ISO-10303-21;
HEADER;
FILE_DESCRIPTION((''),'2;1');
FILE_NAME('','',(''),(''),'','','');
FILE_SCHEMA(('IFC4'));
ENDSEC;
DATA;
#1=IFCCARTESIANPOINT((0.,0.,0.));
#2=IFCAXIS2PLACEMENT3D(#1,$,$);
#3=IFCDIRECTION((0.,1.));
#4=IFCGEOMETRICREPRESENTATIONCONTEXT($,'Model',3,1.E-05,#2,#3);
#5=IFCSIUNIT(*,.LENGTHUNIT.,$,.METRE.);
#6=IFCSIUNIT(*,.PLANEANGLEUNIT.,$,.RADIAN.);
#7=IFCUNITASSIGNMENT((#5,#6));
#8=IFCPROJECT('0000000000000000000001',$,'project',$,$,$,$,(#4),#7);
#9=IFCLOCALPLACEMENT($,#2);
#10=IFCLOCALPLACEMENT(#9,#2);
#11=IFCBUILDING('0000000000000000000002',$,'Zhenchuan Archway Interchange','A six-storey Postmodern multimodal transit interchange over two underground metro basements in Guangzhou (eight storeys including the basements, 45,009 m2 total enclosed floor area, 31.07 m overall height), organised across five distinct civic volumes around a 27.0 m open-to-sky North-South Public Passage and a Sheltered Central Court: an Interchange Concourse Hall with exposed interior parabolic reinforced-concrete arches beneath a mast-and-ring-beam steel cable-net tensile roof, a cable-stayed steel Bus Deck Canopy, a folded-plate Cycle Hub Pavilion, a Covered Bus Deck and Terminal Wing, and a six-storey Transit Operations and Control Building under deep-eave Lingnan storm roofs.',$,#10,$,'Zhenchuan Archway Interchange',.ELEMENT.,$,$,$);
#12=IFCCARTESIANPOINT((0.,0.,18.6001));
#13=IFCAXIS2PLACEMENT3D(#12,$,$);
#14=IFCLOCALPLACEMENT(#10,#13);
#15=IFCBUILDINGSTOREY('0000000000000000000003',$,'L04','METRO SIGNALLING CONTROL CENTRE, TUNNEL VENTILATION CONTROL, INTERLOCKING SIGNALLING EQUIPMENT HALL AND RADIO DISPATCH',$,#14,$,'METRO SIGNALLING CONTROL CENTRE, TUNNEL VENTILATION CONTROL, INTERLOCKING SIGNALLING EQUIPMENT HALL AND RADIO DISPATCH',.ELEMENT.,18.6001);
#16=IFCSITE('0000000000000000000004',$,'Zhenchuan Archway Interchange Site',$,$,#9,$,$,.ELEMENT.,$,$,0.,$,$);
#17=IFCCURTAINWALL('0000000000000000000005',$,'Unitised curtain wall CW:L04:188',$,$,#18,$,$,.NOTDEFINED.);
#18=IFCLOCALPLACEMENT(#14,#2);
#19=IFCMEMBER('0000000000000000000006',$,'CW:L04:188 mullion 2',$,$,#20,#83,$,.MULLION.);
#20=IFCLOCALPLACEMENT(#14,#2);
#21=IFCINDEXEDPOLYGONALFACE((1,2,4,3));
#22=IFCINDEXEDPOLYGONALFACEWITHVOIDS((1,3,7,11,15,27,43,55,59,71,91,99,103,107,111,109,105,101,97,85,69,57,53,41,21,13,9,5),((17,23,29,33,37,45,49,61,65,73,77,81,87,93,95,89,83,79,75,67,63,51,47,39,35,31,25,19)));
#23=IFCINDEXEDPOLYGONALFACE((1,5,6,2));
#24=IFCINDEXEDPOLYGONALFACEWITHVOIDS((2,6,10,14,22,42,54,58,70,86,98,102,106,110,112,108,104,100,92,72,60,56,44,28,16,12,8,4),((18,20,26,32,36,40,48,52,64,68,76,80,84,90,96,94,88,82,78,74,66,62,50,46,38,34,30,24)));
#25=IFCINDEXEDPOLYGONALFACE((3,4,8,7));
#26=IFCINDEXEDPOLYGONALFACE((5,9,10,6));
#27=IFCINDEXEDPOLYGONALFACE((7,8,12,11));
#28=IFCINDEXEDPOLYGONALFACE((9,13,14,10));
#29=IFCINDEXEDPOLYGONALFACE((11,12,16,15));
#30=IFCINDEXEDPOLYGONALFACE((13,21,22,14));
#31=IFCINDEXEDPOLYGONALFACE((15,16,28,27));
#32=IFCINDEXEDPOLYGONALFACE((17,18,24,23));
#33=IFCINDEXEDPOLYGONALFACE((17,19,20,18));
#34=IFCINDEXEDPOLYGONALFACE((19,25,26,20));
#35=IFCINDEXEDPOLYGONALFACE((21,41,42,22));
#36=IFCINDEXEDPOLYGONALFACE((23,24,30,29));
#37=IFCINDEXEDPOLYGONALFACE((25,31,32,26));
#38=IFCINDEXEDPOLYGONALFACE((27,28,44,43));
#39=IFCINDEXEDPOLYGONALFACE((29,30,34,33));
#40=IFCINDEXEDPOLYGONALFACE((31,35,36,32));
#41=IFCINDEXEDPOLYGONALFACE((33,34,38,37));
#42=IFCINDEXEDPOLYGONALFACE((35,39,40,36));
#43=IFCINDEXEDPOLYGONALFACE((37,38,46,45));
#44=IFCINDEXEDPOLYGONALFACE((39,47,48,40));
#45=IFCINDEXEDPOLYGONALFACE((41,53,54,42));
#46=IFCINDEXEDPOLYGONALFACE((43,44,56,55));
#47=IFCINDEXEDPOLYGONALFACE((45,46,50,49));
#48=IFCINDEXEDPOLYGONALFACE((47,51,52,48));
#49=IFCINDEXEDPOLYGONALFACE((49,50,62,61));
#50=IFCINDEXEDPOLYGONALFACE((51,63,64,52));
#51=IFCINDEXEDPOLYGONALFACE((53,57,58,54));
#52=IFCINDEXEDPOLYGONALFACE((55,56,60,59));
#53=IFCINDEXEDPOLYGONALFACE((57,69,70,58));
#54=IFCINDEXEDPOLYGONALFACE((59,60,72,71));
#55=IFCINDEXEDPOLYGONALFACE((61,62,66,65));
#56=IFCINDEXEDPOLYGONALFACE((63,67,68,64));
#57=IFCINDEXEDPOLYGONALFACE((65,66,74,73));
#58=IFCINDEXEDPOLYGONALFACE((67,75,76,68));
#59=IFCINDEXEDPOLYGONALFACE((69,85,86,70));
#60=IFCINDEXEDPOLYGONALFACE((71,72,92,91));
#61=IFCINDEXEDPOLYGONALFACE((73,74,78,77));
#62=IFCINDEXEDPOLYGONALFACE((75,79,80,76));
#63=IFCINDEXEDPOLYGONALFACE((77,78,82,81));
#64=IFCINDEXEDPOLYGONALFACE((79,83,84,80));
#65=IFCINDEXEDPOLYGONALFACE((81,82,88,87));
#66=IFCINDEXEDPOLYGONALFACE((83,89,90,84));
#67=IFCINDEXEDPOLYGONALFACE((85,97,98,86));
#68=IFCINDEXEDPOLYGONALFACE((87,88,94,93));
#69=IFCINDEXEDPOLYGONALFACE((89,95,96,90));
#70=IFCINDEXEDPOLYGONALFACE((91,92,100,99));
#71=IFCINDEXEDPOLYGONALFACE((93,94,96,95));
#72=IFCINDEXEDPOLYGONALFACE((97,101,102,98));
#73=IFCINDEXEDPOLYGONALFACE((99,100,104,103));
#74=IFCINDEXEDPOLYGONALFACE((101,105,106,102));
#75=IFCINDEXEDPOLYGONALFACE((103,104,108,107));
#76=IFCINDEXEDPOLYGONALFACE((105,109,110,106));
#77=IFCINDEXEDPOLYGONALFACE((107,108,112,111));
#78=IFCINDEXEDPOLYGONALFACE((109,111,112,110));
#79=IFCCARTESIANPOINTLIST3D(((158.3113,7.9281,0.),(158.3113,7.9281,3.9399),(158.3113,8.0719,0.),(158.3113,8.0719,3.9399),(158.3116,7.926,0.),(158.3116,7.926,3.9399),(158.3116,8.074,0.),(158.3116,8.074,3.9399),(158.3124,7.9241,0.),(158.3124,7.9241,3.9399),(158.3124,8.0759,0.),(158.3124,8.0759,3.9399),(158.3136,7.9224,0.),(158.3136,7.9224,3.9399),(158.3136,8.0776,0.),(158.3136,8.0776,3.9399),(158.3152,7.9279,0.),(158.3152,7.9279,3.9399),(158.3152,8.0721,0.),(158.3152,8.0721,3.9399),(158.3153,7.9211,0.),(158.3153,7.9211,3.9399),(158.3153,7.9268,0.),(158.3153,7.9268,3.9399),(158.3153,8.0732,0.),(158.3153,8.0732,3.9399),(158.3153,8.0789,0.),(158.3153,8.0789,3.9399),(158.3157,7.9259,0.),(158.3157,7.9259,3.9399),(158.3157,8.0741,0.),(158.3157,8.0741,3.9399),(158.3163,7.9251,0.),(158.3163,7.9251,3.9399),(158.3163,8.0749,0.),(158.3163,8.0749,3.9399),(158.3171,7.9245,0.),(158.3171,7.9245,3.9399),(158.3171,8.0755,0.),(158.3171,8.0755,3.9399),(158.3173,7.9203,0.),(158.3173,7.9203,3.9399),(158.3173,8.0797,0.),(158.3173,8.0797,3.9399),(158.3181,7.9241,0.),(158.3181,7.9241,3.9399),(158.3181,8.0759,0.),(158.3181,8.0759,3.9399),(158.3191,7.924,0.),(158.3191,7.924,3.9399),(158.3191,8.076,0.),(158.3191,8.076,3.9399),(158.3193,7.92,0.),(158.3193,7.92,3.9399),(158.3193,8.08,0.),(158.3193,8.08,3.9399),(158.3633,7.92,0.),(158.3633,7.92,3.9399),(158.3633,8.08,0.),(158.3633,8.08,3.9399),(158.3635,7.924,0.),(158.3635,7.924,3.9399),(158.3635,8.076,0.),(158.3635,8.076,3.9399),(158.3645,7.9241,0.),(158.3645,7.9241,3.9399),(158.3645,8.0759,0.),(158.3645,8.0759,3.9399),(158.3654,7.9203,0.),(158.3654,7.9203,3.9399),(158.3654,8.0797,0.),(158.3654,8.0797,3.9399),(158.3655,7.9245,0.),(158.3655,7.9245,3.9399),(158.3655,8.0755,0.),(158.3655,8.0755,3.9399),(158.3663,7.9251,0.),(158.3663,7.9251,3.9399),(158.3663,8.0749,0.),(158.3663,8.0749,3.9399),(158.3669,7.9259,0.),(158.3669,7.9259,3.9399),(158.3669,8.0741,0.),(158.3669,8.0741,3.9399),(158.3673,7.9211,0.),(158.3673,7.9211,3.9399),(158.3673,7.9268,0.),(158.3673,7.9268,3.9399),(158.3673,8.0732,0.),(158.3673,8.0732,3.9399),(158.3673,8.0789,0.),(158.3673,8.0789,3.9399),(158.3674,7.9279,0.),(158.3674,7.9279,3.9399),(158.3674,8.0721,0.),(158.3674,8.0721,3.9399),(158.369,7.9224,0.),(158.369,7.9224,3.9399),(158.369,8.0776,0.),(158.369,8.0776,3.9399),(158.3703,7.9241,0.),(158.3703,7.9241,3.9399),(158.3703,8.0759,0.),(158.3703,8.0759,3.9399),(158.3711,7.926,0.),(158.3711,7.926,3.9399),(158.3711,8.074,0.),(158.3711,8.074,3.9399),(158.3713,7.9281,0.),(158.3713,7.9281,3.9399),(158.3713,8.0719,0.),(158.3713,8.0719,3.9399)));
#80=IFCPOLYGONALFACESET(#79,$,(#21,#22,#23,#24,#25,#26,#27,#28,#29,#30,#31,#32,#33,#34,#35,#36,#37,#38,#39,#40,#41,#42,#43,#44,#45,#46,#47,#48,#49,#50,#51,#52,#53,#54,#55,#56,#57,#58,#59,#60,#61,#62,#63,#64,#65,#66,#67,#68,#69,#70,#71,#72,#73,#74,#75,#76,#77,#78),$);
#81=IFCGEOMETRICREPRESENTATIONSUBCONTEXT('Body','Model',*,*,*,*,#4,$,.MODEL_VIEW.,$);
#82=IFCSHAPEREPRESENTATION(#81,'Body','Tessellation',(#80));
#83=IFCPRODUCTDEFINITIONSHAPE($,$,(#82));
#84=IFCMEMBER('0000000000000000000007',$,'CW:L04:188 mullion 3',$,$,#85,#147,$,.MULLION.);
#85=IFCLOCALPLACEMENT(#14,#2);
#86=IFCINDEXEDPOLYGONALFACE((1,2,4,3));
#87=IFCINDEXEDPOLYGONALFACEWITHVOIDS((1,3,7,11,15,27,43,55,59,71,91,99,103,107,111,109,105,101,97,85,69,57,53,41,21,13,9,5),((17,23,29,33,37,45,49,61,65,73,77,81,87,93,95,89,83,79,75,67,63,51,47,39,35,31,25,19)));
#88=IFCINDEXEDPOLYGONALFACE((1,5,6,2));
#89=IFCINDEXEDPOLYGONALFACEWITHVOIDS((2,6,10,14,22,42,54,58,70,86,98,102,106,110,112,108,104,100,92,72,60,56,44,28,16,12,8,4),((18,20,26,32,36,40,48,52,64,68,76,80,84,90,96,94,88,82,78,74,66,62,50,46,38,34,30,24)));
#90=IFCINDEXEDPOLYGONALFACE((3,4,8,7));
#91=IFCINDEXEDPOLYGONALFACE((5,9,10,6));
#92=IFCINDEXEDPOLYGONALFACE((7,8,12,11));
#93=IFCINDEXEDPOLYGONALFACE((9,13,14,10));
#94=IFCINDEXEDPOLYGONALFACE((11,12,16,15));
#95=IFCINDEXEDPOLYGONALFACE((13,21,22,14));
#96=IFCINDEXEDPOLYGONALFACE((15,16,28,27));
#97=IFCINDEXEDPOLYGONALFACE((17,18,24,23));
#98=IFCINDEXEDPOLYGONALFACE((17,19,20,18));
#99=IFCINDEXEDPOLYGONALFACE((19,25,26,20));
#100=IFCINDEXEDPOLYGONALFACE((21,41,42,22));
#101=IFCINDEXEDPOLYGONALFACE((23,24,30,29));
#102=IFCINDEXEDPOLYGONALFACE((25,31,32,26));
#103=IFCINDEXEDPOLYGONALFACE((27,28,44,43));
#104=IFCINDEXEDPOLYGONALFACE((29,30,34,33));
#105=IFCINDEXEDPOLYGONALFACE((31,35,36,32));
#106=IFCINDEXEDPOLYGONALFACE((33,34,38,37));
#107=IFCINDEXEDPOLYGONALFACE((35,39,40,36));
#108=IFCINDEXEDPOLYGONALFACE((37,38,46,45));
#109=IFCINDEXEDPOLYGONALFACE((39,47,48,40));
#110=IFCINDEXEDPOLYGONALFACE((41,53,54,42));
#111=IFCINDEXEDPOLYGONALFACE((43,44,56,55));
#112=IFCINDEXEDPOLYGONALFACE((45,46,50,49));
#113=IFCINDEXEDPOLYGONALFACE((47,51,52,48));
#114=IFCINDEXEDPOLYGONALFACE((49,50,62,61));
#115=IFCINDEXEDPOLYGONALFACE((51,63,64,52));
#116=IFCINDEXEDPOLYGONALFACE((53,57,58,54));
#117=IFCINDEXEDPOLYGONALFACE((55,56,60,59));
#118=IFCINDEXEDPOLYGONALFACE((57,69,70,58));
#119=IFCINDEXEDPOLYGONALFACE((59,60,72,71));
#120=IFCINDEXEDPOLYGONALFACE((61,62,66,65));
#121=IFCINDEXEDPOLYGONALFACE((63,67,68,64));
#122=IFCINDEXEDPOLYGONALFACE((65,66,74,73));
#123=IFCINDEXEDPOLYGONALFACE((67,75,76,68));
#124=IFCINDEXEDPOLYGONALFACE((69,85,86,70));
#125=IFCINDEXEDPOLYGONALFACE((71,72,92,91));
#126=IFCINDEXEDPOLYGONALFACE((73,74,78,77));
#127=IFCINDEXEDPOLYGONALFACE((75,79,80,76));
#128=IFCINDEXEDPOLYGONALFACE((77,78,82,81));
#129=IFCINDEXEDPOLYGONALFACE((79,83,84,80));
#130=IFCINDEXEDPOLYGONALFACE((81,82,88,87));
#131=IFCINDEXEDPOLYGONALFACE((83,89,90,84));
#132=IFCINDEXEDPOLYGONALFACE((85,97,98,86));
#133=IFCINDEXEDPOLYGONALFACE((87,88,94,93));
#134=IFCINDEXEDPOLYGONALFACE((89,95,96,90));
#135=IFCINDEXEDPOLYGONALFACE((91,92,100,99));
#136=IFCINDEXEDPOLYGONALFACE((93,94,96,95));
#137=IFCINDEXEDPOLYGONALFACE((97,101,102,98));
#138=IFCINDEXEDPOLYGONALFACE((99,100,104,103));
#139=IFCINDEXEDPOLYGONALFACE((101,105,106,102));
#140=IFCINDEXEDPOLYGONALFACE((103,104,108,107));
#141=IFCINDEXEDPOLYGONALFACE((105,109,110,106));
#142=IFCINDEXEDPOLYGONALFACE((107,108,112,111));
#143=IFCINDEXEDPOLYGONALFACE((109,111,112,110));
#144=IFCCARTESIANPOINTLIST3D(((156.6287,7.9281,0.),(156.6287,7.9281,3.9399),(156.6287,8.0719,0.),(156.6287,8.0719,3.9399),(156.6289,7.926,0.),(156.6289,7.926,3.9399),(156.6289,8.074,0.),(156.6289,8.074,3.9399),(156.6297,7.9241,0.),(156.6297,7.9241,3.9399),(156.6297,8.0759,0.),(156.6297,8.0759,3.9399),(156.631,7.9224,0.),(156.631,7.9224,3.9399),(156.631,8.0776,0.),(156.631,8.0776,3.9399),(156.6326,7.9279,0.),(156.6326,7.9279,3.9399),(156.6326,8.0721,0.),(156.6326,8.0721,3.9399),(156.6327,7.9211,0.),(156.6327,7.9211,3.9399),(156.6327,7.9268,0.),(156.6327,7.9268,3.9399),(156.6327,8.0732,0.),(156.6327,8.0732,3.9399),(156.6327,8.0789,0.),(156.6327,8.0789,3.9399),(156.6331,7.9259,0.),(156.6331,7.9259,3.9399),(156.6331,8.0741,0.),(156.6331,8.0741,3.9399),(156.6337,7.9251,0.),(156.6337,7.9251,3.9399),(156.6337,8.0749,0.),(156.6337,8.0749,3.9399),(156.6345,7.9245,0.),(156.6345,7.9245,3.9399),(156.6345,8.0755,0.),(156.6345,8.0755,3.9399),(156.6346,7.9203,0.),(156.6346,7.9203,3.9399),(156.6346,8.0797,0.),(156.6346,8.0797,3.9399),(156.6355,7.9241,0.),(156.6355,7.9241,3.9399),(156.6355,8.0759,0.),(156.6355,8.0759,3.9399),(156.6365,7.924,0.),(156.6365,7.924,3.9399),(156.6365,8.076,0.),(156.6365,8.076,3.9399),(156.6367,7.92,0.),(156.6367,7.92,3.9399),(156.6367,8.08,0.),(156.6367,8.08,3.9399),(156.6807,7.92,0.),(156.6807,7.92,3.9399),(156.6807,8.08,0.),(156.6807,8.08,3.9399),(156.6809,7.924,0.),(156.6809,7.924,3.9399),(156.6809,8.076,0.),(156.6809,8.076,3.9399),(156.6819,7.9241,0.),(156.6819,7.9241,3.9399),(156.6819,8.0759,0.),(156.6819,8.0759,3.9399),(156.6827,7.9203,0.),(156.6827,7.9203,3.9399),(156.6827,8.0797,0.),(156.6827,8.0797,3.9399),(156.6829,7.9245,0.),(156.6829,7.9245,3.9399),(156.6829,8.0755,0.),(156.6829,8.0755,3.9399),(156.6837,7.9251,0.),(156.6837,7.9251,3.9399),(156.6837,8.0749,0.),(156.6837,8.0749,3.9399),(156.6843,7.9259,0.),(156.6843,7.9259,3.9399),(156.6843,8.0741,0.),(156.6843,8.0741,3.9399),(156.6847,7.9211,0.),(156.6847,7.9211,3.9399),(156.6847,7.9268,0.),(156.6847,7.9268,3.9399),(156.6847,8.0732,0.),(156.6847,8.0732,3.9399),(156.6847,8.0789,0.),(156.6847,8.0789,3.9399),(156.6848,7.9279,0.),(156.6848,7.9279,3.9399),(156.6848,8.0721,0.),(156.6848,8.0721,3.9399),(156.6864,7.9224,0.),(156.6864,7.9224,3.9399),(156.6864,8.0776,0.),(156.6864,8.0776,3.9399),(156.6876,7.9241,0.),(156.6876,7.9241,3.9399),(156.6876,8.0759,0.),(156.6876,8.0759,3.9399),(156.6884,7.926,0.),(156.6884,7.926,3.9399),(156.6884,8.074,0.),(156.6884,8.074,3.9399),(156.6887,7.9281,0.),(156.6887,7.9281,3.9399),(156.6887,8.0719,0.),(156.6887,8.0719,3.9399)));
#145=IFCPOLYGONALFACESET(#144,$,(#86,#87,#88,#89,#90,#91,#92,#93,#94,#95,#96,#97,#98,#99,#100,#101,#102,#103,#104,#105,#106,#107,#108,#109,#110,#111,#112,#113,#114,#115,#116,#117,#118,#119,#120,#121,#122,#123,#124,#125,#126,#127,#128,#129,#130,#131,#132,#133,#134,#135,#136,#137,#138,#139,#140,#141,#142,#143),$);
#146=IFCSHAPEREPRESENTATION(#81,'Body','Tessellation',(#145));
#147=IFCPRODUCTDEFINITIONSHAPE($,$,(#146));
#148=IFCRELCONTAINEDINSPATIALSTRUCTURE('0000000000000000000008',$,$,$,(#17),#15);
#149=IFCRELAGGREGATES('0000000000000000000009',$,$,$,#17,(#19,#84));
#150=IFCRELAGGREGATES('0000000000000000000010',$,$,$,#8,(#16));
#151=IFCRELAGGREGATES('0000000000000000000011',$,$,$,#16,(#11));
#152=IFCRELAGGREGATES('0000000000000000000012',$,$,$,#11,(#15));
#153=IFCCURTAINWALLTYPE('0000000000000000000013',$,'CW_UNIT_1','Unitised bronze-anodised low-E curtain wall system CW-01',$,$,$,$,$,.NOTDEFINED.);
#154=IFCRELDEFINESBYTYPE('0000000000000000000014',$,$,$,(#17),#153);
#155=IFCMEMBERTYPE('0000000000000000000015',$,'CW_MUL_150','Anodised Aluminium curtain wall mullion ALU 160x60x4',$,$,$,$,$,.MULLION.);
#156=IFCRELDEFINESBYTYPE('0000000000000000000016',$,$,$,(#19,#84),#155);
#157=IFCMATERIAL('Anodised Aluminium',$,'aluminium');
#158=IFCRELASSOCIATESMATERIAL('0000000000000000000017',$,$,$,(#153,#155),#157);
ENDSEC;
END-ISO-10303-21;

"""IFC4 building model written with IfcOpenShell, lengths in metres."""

from ifc_helpers import new_model, si_unit, direction, frame, origin, origin_2d, place, context, subcontext, project, spatial, hollow_rectangle, extrude, material, material_profile, profile_set, type_object, element, aggregate, save


model = new_model("IFC4")

# Units and contexts
model_context = context("Model", 3, precision=1e-05, world=origin(), true_north=direction((0.0, 1.0)))
body_context = subcontext(model_context, "Body", "Model", "MODEL_VIEW")
ifc_project = project(units=[si_unit("LENGTHUNIT", "METRE"), si_unit("PLANEANGLEUNIT", "RADIAN")], contexts=[model_context])

# Site, building, storey
site_placement = place(None, origin())
site = spatial("IfcSite", under=ifc_project, at=site_placement, Name="Zhenchuan Archway Interchange Site", CompositionType="ELEMENT", RefElevation=0.0)
building_placement = place(site_placement, origin())
building = spatial("IfcBuilding", under=site, at=building_placement, Name="Zhenchuan Archway Interchange", Description="A six-storey Postmodern multimodal transit interchange over two underground metro basements in Guangzhou (eight storeys including the basements, 45,009 m2 total enclosed floor area, 31.07 m overall height), organised across five distinct civic volumes around a 27.0 m open-to-sky North-South Public Passage and a Sheltered Central Court: an Interchange Concourse Hall with exposed interior parabolic reinforced-concrete arches beneath a mast-and-ring-beam steel cable-net tensile roof, a cable-stayed steel Bus Deck Canopy, a folded-plate Cycle Hub Pavilion, a Covered Bus Deck and Terminal Wing, and a six-storey Transit Operations and Control Building under deep-eave Lingnan storm roofs.", LongName="Zhenchuan Archway Interchange", CompositionType="ELEMENT")
storey_placement = place(building_placement, frame((0.0, 0.0, 18.6001)))
storey = spatial("IfcBuildingStorey", under=building, at=storey_placement, Name="L04", Description="METRO SIGNALLING CONTROL CENTRE, TUNNEL VENTILATION CONTROL, INTERLOCKING SIGNALLING EQUIPMENT HALL AND RADIO DISPATCH", LongName="METRO SIGNALLING CONTROL CENTRE, TUNNEL VENTILATION CONTROL, INTERLOCKING SIGNALLING EQUIPMENT HALL AND RADIO DISPATCH", CompositionType="ELEMENT", Elevation=18.6001)

# Curtain wall, members
ifc_material_1 = material(Name="Anodised Aluminium", Category="aluminium")
curtain_wall_type = type_object("IfcCurtainWallType", Name="CW_UNIT_1", Description="Unitised bronze-anodised low-E curtain wall system CW-01", PredefinedType="NOTDEFINED", material=ifc_material_1)
curtain_wall_placement = place(storey_placement, origin())
curtain_wall = element("IfcCurtainWall", 1, at=curtain_wall_placement, inside=storey, type_object=curtain_wall_type, Name="Unitised curtain wall CW:L04:188", PredefinedType="NOTDEFINED")
ifc_material_profile_1 = material_profile(ifc_material_1, hollow_rectangle(XDim=0.0601, YDim=0.1599, WallThickness=0.0039, InnerFilletRadius=0.0039, OuterFilletRadius=0.0081, at=origin_2d()), Name="ALU 160x60x4")
ifc_profile_set_1 = profile_set([ifc_material_profile_1], Name="Anodised Aluminium")
member_type_1 = type_object("IfcMemberType", Name="CW_MUL_150", Description="Anodised Aluminium curtain wall mullion ALU 160x60x4", PredefinedType="MULLION", material=ifc_profile_set_1)
member_1_placement = place(storey_placement, frame((158.3413, 8.0, 0.0), z_axis=(0.0, 0.0, 1.0), x_axis=(1.0, 0.0, 0.0)))
member_1 = element("IfcMember", 2, at=member_1_placement, type_object=member_type_1, Name="CW:L04:188 mullion 2", PredefinedType="MULLION", context=body_context, shape_type="SweptSolid", body=[
    extrude(hollow_rectangle(XDim=0.0601, YDim=0.1599, WallThickness=0.0039, InnerFilletRadius=0.0039, OuterFilletRadius=0.0081, at=origin_2d()), origin(), (0.0, 0.0, 1.0), 3.9399),
])
member_2_placement = place(storey_placement, frame((156.6587, 8.0, 0.0), z_axis=(0.0, 0.0, 1.0), x_axis=(1.0, 0.0, 0.0)))
member_2 = element("IfcMember", 3, at=member_2_placement, type_object=member_type_1, Name="CW:L04:188 mullion 3", PredefinedType="MULLION", context=body_context, shape_type="SweptSolid", body=[
    extrude(hollow_rectangle(XDim=0.0601, YDim=0.1599, WallThickness=0.0039, InnerFilletRadius=0.0039, OuterFilletRadius=0.0081, at=origin_2d()), origin(), (0.0, 0.0, 1.0), 3.9399),
])

aggregate(curtain_wall, [member_1, member_2])

save(model, "model.ifc")
